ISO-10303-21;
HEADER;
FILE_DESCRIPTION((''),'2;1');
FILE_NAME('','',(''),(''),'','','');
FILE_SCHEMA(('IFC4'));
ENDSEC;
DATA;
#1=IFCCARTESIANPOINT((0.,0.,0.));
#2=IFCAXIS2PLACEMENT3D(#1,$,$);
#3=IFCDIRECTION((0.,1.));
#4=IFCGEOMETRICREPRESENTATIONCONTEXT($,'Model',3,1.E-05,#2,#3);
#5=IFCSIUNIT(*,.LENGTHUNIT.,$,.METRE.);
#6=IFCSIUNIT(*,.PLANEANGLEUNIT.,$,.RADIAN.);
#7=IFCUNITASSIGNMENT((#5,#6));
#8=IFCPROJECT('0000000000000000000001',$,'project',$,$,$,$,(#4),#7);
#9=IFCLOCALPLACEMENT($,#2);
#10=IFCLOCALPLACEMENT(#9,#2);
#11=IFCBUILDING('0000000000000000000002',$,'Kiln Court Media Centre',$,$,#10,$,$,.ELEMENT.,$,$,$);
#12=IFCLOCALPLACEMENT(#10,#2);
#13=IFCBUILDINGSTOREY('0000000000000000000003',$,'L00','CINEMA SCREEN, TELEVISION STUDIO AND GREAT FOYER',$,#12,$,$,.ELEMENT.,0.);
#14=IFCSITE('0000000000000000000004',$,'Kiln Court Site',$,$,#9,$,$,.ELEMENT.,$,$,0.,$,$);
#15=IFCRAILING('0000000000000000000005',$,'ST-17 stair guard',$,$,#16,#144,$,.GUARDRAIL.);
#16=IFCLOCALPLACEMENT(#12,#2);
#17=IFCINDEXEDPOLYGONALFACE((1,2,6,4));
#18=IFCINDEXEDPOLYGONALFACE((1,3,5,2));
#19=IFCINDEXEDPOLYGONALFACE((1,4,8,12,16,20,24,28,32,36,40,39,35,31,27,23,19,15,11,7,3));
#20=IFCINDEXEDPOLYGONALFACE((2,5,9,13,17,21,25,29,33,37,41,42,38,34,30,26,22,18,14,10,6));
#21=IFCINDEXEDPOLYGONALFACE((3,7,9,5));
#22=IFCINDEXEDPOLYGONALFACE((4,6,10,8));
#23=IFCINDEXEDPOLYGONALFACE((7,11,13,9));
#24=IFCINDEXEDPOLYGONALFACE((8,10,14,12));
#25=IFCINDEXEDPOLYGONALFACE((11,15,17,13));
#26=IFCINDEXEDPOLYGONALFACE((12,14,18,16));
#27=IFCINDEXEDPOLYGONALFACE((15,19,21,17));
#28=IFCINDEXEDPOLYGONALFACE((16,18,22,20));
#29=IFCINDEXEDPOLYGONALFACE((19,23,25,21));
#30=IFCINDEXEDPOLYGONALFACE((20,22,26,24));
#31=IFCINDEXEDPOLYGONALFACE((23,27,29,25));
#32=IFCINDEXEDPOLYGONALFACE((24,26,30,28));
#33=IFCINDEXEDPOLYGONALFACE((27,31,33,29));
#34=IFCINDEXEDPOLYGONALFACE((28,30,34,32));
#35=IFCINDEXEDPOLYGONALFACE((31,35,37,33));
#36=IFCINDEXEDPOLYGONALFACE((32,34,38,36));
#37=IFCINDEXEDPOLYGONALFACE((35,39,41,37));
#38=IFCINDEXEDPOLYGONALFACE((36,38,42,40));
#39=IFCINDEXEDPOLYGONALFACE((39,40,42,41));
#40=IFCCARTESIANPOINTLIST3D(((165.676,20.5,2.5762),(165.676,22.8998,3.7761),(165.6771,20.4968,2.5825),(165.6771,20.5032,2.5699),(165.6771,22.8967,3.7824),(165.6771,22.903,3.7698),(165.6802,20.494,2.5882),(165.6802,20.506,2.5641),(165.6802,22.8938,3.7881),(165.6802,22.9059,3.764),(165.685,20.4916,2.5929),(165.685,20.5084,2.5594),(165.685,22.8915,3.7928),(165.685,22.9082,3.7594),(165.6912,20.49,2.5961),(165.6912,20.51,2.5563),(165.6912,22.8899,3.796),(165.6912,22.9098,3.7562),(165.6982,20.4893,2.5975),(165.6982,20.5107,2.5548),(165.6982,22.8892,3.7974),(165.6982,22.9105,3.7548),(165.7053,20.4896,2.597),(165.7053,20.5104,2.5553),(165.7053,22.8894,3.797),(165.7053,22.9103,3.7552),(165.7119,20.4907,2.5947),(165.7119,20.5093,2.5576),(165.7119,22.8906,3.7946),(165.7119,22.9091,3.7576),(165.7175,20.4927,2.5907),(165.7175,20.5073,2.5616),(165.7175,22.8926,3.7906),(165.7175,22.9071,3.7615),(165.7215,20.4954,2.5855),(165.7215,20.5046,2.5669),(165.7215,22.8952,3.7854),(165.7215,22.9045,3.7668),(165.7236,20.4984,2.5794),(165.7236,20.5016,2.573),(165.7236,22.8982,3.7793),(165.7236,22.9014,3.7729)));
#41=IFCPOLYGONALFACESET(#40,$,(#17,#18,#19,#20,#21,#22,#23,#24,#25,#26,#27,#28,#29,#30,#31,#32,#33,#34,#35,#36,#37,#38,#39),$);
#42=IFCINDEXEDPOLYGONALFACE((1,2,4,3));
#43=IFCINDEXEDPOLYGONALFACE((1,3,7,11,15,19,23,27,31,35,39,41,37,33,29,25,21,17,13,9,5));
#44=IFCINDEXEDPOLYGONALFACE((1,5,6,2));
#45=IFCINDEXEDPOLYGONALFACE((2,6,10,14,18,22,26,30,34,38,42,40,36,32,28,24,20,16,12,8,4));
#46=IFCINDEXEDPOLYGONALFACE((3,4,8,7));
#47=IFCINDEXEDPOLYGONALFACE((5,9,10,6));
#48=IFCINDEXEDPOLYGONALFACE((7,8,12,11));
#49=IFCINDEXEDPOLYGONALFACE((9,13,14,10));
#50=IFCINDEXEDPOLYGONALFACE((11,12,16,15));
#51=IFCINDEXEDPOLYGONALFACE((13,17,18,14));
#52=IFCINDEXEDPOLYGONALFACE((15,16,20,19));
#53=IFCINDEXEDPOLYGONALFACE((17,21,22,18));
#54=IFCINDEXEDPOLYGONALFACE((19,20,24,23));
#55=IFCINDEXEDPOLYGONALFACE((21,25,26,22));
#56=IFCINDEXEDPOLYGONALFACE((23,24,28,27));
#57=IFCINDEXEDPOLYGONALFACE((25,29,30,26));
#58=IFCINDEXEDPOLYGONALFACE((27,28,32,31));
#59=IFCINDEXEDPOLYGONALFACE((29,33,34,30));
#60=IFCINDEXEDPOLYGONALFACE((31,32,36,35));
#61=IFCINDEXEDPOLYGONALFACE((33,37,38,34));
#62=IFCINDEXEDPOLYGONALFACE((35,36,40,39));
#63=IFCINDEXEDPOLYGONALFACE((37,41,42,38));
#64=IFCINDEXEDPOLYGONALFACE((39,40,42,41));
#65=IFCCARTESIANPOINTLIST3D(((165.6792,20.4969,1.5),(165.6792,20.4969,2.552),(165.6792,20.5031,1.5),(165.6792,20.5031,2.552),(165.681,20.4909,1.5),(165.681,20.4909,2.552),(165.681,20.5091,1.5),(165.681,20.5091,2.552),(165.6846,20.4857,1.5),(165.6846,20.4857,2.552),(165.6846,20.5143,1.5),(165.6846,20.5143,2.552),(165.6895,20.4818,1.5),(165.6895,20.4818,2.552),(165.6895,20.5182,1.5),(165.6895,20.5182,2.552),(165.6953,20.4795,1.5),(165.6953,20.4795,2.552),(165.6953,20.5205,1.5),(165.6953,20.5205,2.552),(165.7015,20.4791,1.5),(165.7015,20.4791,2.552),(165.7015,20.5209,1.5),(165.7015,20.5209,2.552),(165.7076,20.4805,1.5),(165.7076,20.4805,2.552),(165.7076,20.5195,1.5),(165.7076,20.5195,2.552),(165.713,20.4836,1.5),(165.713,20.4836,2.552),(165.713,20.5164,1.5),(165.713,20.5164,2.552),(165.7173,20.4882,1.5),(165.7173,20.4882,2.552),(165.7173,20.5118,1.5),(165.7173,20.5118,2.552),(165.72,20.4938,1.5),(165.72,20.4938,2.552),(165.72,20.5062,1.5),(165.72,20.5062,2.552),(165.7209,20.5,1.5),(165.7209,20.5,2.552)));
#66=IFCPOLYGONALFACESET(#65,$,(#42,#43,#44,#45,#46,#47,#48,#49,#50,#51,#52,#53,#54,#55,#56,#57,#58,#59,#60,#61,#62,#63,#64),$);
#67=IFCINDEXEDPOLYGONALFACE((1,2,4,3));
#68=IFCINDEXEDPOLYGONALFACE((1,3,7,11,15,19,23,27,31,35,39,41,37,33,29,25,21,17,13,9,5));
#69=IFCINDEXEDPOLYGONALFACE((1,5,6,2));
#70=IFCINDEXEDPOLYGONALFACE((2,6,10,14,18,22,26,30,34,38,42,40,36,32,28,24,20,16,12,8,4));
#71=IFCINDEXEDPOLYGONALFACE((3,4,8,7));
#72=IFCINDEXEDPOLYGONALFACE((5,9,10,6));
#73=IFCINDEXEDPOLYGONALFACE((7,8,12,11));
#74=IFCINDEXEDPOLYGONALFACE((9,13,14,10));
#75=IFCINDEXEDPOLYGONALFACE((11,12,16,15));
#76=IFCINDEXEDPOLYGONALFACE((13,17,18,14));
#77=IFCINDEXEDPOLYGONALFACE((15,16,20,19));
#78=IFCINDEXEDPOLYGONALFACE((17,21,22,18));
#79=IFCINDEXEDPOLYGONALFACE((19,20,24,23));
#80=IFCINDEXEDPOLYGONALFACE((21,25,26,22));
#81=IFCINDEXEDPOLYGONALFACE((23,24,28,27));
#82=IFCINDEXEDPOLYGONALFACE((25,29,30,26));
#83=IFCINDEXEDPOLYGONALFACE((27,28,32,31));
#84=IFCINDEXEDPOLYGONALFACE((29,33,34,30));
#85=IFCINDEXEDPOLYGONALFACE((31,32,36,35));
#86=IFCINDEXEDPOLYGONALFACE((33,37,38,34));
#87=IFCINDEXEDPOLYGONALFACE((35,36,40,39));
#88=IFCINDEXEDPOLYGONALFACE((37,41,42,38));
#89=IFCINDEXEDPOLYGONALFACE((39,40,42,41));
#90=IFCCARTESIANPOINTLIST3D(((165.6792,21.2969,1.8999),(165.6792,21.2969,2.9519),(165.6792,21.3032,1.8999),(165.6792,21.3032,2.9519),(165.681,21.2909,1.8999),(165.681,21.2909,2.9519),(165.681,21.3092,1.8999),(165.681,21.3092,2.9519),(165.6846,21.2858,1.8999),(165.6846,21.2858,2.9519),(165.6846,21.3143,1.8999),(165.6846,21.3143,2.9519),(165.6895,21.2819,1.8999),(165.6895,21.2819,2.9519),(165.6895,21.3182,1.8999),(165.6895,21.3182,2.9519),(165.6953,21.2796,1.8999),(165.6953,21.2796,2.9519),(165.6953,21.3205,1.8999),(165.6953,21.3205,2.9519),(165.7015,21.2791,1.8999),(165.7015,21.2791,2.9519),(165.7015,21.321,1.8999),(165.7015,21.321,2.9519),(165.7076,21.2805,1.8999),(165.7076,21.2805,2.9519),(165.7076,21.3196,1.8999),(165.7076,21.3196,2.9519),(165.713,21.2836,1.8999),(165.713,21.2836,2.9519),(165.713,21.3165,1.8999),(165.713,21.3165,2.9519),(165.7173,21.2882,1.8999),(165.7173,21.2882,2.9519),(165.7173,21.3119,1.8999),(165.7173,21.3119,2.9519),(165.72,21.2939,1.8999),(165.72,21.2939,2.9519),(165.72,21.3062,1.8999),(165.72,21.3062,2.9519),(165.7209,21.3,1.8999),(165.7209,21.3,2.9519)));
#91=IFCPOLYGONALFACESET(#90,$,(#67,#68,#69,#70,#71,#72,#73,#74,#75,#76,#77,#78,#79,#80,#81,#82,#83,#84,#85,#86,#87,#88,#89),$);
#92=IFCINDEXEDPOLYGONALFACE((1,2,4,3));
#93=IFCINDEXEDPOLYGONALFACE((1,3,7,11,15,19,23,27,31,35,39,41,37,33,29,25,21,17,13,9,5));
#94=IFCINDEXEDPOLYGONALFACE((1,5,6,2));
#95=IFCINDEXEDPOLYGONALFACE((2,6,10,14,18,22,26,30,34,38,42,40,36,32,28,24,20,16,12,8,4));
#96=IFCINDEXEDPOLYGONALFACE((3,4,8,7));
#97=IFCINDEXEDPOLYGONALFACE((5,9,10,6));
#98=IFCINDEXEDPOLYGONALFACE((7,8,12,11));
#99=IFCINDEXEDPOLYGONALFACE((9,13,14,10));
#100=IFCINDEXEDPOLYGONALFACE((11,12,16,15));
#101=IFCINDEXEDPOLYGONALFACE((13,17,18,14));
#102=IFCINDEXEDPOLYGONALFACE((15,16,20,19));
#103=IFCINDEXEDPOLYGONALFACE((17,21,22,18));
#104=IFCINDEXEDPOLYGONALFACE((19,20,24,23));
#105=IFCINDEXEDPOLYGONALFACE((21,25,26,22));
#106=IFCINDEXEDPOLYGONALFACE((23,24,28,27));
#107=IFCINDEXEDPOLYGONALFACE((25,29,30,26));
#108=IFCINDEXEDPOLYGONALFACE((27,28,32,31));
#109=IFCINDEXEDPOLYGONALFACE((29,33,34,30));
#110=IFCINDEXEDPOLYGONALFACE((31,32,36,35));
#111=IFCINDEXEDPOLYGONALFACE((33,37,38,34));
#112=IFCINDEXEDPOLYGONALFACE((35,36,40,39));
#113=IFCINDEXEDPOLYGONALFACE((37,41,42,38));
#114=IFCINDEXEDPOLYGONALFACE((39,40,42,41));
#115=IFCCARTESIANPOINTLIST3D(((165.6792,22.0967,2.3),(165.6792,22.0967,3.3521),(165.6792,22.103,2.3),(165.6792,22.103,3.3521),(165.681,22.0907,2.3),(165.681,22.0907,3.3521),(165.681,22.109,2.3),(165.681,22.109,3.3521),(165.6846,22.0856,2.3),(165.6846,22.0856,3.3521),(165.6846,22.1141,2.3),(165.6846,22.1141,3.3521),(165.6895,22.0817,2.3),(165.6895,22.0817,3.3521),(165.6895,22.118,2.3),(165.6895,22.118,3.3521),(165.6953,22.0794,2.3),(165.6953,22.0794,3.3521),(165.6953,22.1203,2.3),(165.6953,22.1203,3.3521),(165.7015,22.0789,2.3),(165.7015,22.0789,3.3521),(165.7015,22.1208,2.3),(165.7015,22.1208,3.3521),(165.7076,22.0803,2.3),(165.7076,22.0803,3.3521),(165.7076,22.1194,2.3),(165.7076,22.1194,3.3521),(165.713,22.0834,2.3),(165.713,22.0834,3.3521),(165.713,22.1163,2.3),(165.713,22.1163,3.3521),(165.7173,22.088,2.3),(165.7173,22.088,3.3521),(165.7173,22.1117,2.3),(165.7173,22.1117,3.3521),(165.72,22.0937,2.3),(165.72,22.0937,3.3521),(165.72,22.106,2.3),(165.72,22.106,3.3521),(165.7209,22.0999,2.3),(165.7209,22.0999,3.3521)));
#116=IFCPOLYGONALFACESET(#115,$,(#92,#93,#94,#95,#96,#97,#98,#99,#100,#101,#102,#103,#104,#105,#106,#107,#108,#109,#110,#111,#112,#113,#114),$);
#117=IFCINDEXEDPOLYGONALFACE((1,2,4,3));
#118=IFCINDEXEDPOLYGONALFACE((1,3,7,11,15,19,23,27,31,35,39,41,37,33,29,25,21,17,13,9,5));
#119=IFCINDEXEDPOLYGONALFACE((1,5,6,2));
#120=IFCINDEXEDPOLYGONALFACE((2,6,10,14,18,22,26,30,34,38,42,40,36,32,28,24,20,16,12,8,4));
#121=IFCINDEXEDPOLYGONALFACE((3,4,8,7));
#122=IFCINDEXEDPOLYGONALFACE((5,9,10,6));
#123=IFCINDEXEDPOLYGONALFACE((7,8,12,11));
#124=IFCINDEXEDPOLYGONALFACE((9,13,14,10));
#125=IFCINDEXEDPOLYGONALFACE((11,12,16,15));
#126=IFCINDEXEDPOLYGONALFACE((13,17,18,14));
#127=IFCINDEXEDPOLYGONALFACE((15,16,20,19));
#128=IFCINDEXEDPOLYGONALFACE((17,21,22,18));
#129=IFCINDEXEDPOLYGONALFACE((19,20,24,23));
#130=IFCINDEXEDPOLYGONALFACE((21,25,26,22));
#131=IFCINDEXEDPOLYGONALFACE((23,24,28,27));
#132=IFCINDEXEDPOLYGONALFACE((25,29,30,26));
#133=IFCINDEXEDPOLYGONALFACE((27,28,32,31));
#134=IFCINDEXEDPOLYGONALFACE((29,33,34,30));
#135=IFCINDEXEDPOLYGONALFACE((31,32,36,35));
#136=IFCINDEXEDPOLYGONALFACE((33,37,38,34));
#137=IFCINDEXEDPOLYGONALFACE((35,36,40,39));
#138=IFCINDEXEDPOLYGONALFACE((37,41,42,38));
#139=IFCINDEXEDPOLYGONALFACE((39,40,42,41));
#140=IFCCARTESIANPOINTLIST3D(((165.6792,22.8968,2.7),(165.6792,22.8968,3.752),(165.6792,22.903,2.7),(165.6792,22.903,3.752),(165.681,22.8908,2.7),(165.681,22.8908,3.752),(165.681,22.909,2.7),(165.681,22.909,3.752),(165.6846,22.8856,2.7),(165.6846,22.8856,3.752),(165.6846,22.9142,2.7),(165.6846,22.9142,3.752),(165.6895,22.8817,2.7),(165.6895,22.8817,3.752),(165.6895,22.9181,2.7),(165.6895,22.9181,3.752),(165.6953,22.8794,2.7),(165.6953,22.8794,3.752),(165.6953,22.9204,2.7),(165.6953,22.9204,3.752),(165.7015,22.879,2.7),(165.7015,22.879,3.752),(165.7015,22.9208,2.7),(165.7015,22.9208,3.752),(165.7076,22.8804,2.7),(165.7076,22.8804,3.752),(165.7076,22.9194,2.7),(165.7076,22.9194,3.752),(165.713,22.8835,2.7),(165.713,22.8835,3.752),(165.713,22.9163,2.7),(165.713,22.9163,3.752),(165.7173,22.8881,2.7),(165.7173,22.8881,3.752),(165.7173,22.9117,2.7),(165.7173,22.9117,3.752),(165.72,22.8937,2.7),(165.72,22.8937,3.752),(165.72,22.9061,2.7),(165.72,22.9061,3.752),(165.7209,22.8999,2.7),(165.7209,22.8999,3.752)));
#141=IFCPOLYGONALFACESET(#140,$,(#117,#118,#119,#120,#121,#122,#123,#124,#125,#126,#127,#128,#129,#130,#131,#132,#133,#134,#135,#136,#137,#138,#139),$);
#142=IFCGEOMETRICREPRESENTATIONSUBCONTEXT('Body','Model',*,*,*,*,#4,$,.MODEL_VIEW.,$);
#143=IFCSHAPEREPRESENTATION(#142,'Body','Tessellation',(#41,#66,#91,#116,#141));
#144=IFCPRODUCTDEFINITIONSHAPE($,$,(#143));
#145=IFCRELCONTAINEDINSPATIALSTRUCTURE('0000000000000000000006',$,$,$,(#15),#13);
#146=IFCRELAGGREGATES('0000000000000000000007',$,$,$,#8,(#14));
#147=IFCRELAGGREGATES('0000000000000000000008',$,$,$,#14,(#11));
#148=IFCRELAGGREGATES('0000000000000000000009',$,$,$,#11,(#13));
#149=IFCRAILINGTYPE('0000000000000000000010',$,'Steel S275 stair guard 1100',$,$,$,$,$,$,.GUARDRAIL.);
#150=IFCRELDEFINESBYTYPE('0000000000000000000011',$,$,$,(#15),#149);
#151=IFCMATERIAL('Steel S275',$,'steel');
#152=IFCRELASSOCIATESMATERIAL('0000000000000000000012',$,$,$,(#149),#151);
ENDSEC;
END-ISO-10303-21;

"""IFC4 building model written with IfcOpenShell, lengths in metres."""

from ifc_helpers import new_model, si_unit, direction, frame, origin, origin_2d, place, context, subcontext, project, spatial, circle, extrude, material, type_object, element, save


model = new_model("IFC4")

# Units and contexts
model_context = context("Model", 3, precision=1e-05, world=origin(), true_north=direction((0.0, 1.0)))
body_context = subcontext(model_context, "Body", "Model", "MODEL_VIEW")
ifc_project = project(units=[si_unit("LENGTHUNIT", "METRE"), si_unit("PLANEANGLEUNIT", "RADIAN")], contexts=[model_context])

# Site, building, storey
site_placement = place(None, origin())
site = spatial("IfcSite", under=ifc_project, at=site_placement, Name="Kiln Court Site", CompositionType="ELEMENT", RefElevation=0.0)
building_placement = place(site_placement, origin())
building = spatial("IfcBuilding", under=site, at=building_placement, Name="Kiln Court Media Centre", CompositionType="ELEMENT")
storey_placement = place(building_placement, origin())
storey = spatial("IfcBuildingStorey", under=building, at=storey_placement, Name="L00", Description="CINEMA SCREEN, TELEVISION STUDIO AND GREAT FOYER", CompositionType="ELEMENT", Elevation=0.0)

# Railing
ifc_material_1 = material(Name="Steel S275", Category="steel")
railing_type_1 = type_object("IfcRailingType", Name="Steel S275 stair guard 1100", PredefinedType="GUARDRAIL", material=ifc_material_1)
railing_1_placement = place(storey_placement, frame((165.7, 20.5, 1.5)))
element("IfcRailing", 1, at=railing_1_placement, inside=storey, type_object=railing_type_1, Name="ST-17 stair guard", PredefinedType="GUARDRAIL", context=body_context, shape_type="SweptSolid", body=[
    extrude(circle(Radius=0.0239, at=origin_2d()), frame((0.0, 0.0, 1.0762), z_axis=(0.0, 0.894427, 0.447214), x_axis=(-1.0, 0.0, 0.0)), (0.0, 0.0, 1.0), 2.6831),
    extrude(circle(Radius=0.021, at=origin_2d()), origin(), (0.0, 0.0, 1.0), 1.052),
    extrude(circle(Radius=0.021, at=origin_2d()), frame((0.0, 0.8, 0.3999)), (0.0, 0.0, 1.0), 1.052),
    extrude(circle(Radius=0.021, at=origin_2d()), frame((0.0, 1.5999, 0.8)), (0.0, 0.0, 1.0), 1.052),
    extrude(circle(Radius=0.021, at=origin_2d()), frame((0.0, 2.3999, 1.2)), (0.0, 0.0, 1.0), 1.052),
])

save(model, "model.ifc")
